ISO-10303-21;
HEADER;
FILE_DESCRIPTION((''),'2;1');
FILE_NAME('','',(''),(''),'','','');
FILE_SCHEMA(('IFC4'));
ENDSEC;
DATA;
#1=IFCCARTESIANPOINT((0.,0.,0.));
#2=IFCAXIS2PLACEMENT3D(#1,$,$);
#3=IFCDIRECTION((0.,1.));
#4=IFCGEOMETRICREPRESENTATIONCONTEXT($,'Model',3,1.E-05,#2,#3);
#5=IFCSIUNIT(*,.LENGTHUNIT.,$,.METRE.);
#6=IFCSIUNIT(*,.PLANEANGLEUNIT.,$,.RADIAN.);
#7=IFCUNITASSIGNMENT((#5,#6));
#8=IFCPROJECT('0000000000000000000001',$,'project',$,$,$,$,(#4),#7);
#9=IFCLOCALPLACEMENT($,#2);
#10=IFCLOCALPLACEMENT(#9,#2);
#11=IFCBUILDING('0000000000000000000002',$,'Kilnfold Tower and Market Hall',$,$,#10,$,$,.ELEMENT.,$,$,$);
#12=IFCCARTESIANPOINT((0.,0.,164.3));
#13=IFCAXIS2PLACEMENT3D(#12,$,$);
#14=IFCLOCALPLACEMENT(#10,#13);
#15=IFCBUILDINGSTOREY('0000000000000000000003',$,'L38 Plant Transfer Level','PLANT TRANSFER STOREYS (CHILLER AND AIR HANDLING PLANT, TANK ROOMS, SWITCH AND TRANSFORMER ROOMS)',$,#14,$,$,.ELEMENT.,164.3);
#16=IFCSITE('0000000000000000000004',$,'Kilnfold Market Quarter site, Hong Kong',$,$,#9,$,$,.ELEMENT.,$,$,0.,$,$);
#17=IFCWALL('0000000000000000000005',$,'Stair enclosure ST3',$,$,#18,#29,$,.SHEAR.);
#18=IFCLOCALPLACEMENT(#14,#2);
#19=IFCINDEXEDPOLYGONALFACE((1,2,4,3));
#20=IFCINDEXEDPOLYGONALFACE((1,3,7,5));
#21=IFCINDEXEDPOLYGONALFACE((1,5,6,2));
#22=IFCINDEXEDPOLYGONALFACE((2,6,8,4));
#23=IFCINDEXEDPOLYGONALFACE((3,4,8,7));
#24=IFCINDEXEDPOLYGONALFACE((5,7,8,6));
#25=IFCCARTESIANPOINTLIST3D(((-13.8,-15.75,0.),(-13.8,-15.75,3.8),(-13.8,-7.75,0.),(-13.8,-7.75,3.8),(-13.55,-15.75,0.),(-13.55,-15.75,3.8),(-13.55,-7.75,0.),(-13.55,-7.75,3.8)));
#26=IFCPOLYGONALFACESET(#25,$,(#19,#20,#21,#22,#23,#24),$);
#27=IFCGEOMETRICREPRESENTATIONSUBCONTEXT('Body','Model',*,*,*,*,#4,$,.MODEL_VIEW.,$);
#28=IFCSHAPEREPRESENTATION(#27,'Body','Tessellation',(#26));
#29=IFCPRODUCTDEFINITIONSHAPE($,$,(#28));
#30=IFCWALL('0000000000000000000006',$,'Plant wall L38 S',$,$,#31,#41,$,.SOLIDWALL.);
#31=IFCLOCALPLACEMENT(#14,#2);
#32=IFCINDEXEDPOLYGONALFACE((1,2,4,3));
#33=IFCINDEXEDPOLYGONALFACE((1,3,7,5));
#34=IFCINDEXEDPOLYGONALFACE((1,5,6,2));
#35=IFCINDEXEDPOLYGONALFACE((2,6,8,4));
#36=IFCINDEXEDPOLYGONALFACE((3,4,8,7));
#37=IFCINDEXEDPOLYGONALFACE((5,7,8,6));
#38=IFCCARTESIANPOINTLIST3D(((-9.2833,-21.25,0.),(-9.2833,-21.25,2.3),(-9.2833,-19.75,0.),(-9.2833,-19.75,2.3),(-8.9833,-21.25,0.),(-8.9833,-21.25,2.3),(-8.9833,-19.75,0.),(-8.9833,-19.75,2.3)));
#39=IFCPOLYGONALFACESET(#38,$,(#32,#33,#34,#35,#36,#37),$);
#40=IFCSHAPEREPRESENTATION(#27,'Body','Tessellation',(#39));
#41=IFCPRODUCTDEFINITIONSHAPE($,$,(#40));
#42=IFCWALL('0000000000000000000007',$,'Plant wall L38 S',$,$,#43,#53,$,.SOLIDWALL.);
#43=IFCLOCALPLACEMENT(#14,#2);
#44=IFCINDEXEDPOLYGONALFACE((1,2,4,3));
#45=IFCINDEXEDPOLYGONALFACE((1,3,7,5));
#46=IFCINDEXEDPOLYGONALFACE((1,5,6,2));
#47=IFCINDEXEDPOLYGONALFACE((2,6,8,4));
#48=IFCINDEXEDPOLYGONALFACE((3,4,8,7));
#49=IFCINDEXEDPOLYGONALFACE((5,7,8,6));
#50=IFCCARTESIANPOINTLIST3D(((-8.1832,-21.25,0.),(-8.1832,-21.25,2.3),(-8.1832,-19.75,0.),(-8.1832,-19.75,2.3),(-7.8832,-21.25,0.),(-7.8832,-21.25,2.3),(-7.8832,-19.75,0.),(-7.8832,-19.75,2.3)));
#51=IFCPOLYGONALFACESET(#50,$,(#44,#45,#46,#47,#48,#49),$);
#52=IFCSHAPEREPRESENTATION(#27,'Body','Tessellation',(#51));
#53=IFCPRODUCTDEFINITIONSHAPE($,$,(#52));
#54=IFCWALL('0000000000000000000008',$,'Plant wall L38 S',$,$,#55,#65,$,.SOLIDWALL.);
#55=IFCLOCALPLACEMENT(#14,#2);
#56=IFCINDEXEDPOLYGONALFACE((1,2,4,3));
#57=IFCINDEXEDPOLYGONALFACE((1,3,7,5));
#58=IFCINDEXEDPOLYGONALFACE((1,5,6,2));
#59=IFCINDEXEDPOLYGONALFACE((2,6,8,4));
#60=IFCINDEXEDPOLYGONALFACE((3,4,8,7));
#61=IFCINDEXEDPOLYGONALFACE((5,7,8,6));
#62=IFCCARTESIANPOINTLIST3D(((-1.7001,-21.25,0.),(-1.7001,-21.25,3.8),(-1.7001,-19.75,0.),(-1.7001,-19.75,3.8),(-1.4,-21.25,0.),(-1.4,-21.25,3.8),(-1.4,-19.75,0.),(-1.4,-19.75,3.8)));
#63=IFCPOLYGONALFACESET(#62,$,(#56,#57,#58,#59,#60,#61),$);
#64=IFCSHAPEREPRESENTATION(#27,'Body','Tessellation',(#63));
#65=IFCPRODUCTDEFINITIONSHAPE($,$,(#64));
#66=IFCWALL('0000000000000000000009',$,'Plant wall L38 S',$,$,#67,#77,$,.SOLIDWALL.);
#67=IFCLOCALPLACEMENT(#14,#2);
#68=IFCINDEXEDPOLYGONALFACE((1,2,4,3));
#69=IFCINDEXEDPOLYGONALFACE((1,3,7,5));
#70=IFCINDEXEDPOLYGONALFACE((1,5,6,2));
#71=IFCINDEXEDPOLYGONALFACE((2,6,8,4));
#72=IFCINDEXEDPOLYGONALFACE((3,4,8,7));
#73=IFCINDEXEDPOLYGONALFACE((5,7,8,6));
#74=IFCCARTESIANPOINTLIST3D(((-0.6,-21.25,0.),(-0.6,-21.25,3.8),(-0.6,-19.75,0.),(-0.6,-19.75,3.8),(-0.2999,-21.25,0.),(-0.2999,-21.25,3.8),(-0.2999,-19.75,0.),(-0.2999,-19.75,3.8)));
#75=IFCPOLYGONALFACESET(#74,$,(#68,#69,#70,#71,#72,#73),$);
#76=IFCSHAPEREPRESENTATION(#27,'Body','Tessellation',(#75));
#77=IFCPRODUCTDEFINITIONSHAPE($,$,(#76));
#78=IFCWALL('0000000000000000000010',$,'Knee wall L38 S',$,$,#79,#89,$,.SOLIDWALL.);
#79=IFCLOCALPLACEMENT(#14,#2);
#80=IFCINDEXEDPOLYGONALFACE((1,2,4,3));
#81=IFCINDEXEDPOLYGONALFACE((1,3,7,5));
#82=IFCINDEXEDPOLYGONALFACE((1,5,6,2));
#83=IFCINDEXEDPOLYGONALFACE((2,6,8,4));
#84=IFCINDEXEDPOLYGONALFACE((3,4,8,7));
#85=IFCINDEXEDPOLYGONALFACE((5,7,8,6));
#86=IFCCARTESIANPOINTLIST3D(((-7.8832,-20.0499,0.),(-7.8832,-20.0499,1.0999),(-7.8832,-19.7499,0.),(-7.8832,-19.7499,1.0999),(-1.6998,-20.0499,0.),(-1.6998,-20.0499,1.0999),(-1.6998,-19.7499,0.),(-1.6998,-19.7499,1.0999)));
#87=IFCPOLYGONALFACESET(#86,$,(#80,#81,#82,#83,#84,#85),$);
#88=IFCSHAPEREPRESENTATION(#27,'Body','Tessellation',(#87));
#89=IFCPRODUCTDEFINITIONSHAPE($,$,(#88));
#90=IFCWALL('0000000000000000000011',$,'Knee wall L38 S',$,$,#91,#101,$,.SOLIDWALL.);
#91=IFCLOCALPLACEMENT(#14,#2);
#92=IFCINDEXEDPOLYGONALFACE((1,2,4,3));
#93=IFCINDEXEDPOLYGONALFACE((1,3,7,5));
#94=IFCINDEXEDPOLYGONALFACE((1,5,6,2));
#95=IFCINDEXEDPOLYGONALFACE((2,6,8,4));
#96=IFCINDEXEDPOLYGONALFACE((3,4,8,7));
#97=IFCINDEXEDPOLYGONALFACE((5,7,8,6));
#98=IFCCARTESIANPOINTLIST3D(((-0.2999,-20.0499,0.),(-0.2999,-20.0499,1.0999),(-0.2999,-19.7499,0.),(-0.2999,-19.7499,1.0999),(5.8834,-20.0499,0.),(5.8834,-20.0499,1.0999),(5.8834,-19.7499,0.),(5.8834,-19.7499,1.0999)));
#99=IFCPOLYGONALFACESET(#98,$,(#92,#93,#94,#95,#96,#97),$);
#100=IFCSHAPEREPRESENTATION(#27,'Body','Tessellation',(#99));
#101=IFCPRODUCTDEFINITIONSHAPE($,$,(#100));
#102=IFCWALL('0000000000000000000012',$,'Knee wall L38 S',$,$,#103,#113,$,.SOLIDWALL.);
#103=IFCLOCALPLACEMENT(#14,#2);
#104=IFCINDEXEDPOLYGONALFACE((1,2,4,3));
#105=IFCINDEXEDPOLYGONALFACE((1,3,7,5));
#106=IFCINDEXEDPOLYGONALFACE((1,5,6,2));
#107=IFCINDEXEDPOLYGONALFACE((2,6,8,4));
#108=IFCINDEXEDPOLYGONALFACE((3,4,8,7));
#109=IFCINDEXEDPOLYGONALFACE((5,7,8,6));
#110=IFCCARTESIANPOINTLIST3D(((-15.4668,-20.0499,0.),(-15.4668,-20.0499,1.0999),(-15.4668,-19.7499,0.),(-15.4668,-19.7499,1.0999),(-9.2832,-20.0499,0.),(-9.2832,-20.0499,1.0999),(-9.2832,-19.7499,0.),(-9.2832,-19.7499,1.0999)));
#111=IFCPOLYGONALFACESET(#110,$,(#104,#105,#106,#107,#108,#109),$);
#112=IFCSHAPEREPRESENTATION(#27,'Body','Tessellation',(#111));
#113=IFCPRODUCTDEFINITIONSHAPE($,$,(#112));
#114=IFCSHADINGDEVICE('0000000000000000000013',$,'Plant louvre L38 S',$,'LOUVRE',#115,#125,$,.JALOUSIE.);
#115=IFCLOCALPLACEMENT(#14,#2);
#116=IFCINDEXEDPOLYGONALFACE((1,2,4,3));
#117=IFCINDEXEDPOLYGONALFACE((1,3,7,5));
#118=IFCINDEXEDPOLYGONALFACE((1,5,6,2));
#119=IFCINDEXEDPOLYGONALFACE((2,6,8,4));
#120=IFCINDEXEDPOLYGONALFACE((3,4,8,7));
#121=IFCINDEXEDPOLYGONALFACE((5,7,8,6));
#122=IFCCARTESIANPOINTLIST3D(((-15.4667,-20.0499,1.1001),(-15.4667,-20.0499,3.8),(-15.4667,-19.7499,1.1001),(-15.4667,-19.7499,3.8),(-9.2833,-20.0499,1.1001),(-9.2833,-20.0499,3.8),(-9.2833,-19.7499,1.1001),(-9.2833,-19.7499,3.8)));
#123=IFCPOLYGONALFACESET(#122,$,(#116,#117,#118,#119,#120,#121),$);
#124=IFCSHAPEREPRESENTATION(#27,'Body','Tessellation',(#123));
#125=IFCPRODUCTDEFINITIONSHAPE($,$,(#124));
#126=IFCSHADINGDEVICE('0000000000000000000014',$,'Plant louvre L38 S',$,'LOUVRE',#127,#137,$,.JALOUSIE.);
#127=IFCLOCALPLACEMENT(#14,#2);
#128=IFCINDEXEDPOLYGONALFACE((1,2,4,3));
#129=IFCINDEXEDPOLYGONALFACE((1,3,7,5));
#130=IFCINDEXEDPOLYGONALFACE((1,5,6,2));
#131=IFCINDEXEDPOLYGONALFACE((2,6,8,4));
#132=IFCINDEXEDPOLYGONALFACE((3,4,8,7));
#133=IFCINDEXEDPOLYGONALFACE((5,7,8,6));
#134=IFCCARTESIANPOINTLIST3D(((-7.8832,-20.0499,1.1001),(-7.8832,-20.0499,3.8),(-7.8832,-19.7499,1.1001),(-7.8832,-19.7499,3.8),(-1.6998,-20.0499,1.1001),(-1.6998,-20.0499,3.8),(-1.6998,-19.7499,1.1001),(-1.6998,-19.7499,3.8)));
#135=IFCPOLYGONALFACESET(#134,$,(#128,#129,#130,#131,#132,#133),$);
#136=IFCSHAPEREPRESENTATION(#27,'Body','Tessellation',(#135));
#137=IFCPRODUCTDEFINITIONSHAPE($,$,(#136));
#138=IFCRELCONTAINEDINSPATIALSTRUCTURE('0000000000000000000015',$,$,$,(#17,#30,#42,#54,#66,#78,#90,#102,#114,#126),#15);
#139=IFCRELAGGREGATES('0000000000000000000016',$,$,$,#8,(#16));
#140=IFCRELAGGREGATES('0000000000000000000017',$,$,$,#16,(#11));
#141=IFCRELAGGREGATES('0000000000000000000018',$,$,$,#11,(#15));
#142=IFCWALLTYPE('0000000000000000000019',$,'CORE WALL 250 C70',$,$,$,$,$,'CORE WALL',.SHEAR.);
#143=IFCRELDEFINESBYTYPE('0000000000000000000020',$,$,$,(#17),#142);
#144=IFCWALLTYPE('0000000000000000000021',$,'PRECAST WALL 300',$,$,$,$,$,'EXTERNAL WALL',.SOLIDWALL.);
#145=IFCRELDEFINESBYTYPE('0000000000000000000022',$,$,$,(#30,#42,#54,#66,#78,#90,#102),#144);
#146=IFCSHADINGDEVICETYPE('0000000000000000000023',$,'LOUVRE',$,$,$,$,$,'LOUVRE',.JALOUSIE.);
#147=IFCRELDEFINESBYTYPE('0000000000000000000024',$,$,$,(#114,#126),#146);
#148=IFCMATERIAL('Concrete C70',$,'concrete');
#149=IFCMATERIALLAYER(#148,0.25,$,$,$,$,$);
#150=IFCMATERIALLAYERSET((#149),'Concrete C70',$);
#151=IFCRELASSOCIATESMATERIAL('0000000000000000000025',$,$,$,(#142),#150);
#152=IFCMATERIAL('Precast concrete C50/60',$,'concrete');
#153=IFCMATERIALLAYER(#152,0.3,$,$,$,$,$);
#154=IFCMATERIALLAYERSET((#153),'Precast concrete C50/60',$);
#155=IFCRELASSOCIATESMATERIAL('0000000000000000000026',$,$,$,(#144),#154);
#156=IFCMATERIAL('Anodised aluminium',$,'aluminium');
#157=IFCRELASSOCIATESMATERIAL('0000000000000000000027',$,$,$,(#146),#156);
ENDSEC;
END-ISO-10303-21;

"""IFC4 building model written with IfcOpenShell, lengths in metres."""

from ifc_helpers import new_model, si_unit, direction, frame, frame_2d, origin, origin_2d, place, context, subcontext, project, spatial, rectangle, extrude, source, transform, mapped, material, layer, layer_set, type_object, element, save


model = new_model("IFC4")

# Units and contexts
model_context = context("Model", 3, precision=1e-05, world=origin(), true_north=direction((0.0, 1.0)))
body_context = subcontext(model_context, "Body", "Model", "MODEL_VIEW")
ifc_project = project(units=[si_unit("LENGTHUNIT", "METRE"), si_unit("PLANEANGLEUNIT", "RADIAN")], contexts=[model_context])

# Site, building, storey
site_placement = place(None, origin())
site = spatial("IfcSite", under=ifc_project, at=site_placement, Name="Kilnfold Market Quarter site, Hong Kong", CompositionType="ELEMENT", RefElevation=0.0)
building_placement = place(site_placement, origin())
building = spatial("IfcBuilding", under=site, at=building_placement, Name="Kilnfold Tower and Market Hall", CompositionType="ELEMENT")
storey_placement = place(building_placement, frame((0.0, 0.0, 164.3)))
storey = spatial("IfcBuildingStorey", under=building, at=storey_placement, Name="L38 Plant Transfer Level", Description="PLANT TRANSFER STOREYS (CHILLER AND AIR HANDLING PLANT, TANK ROOMS, SWITCH AND TRANSFORMER ROOMS)", CompositionType="ELEMENT", Elevation=164.3)

# Walls
ifc_material_1 = material(Name="Concrete C70", Category="concrete")
ifc_layer_1 = layer(ifc_material_1, 0.25)
ifc_layer_set_1 = layer_set([ifc_layer_1], Name="Concrete C70")
wall_type_1 = type_object("IfcWallType", Name="CORE WALL 250 C70", ElementType="CORE WALL", PredefinedType="SHEAR", material=ifc_layer_set_1)
shared_shape_1 = source(origin(), body_context, "Body", "SweptSolid", [
    extrude(rectangle(XDim=8.0, YDim=0.25, at=frame_2d((4.0, 0.0))), origin(), (0.0, 0.0, 1.0), 3.8),
])
wall_1_placement = place(storey_placement, frame((-13.675, -15.75, 0.0), z_axis=(0.0, 0.0, 1.0), x_axis=(0.0, 1.0, 0.0)))
element("IfcWall", 1, at=wall_1_placement, inside=storey, type_object=wall_type_1, Name="Stair enclosure ST3", PredefinedType="SHEAR", context=body_context, shape_type="MappedRepresentation", body=[
    mapped(shared_shape_1, transform((0.0, 0.0, 0.0))),
])
ifc_material_2 = material(Name="Precast concrete C50/60", Category="concrete")
ifc_layer_2 = layer(ifc_material_2, 0.3)
ifc_layer_set_2 = layer_set([ifc_layer_2], Name="Precast concrete C50/60")
wall_type_2 = type_object("IfcWallType", Name="PRECAST WALL 300", ElementType="EXTERNAL WALL", PredefinedType="SOLIDWALL", material=ifc_layer_set_2)
shared_shape_2 = source(origin(), body_context, "Body", "SweptSolid", [
    extrude(rectangle(XDim=1.5, YDim=0.3, at=frame_2d((0.75, 0.0))), origin(), (0.0, 0.0, 1.0), 2.3),
])
for number, where, z_axis, x_axis, name in (
    (2, (-9.1333, -21.25, 0.0), (0.0, 0.0, 1.0), (0.0, 1.0, 0.0), "Plant wall L38 S"),
    (3, (-8.0332, -21.25, 0.0), (0.0, 0.0, 1.0), (0.0, 1.0, 0.0), "Plant wall L38 S"),
):
    element("IfcWall", number, at=place(storey_placement, frame(where, z_axis=z_axis, x_axis=x_axis)), inside=storey, type_object=wall_type_2, Name=name, PredefinedType="SOLIDWALL", context=body_context, shape_type="MappedRepresentation", body=[
        mapped(shared_shape_2, transform((0.0, 0.0, 0.0))),
    ])
shared_shape_3 = source(origin(), body_context, "Body", "SweptSolid", [
    extrude(rectangle(XDim=1.5, YDim=0.3, at=frame_2d((0.75, 0.0))), origin(), (0.0, 0.0, 1.0), 3.8),
])
for number, where, z_axis, x_axis, name in (
    (4, (-1.55, -21.25, 0.0), (0.0, 0.0, 1.0), (0.0, 1.0, 0.0), "Plant wall L38 S"),
    (5, (-0.45, -21.25, 0.0), (0.0, 0.0, 1.0), (0.0, 1.0, 0.0), "Plant wall L38 S"),
):
    element("IfcWall", number, at=place(storey_placement, frame(where, z_axis=z_axis, x_axis=x_axis)), inside=storey, type_object=wall_type_2, Name=name, PredefinedType="SOLIDWALL", context=body_context, shape_type="MappedRepresentation", body=[
        mapped(shared_shape_3, transform((0.0, 0.0, 0.0))),
    ])
shared_shape_4 = source(origin(), body_context, "Body", "SweptSolid", [
    extrude(rectangle(XDim=6.1833, YDim=0.3, at=frame_2d((3.0918, 0.0))), origin(), (0.0, 0.0, 1.0), 1.0999),
])
for number, where, z_axis, x_axis, name in (
    (6, (-7.8833, -19.8999, 0.0), (0.0, 0.0, 1.0), (1.0, 0.0, 0.0), "Knee wall L38 S"),
    (7, (-0.3, -19.8999, 0.0), (0.0, 0.0, 1.0), (1.0, 0.0, 0.0), "Knee wall L38 S"),
):
    element("IfcWall", number, at=place(storey_placement, frame(where, z_axis=z_axis, x_axis=x_axis)), inside=storey, type_object=wall_type_2, Name=name, PredefinedType="SOLIDWALL", context=body_context, shape_type="MappedRepresentation", body=[
        mapped(shared_shape_4, transform((0.0, 0.0, 0.0))),
    ])
shared_shape_5 = source(origin(), body_context, "Body", "SweptSolid", [
    extrude(rectangle(XDim=6.1836, YDim=0.3, at=frame_2d((3.0918, 0.0))), origin(), (0.0, 0.0, 1.0), 1.0999),
])
wall_2_placement = place(storey_placement, frame((-15.4668, -19.8999, 0.0), z_axis=(0.0, 0.0, 1.0), x_axis=(1.0, 0.0, 0.0)))
element("IfcWall", 8, at=wall_2_placement, inside=storey, type_object=wall_type_2, Name="Knee wall L38 S", PredefinedType="SOLIDWALL", context=body_context, shape_type="MappedRepresentation", body=[
    mapped(shared_shape_5, transform((0.0, 0.0, 0.0))),
])

# Shading devices
ifc_material_3 = material(Name="Anodised aluminium", Category="aluminium")
shading_device_type = type_object("IfcShadingDeviceType", Name="LOUVRE", ElementType="LOUVRE", PredefinedType="JALOUSIE", material=ifc_material_3)
shared_shape_6 = source(origin(), body_context, "Body", "SweptSolid", [
    extrude(rectangle(XDim=6.1833, YDim=0.3, at=origin_2d()), origin(), (0.0, 0.0, 1.0), 2.7),
])
for number, where, z_axis, x_axis, name in (
    (9, (-12.375, -19.8999, 1.1001), (0.0, 0.0, 1.0), (1.0, 0.0, 0.0), "Plant louvre L38 S"),
    (10, (-4.7915, -19.8999, 1.1001), (0.0, 0.0, 1.0), (1.0, 0.0, 0.0), "Plant louvre L38 S"),
):
    element("IfcShadingDevice", number, at=place(storey_placement, frame(where, z_axis=z_axis, x_axis=x_axis)), inside=storey, type_object=shading_device_type, Name=name, ObjectType="LOUVRE", PredefinedType="JALOUSIE", context=body_context, shape_type="MappedRepresentation", body=[
        mapped(shared_shape_6, transform((0.0, 0.0, 0.0))),
    ])

save(model, "model.ifc")
